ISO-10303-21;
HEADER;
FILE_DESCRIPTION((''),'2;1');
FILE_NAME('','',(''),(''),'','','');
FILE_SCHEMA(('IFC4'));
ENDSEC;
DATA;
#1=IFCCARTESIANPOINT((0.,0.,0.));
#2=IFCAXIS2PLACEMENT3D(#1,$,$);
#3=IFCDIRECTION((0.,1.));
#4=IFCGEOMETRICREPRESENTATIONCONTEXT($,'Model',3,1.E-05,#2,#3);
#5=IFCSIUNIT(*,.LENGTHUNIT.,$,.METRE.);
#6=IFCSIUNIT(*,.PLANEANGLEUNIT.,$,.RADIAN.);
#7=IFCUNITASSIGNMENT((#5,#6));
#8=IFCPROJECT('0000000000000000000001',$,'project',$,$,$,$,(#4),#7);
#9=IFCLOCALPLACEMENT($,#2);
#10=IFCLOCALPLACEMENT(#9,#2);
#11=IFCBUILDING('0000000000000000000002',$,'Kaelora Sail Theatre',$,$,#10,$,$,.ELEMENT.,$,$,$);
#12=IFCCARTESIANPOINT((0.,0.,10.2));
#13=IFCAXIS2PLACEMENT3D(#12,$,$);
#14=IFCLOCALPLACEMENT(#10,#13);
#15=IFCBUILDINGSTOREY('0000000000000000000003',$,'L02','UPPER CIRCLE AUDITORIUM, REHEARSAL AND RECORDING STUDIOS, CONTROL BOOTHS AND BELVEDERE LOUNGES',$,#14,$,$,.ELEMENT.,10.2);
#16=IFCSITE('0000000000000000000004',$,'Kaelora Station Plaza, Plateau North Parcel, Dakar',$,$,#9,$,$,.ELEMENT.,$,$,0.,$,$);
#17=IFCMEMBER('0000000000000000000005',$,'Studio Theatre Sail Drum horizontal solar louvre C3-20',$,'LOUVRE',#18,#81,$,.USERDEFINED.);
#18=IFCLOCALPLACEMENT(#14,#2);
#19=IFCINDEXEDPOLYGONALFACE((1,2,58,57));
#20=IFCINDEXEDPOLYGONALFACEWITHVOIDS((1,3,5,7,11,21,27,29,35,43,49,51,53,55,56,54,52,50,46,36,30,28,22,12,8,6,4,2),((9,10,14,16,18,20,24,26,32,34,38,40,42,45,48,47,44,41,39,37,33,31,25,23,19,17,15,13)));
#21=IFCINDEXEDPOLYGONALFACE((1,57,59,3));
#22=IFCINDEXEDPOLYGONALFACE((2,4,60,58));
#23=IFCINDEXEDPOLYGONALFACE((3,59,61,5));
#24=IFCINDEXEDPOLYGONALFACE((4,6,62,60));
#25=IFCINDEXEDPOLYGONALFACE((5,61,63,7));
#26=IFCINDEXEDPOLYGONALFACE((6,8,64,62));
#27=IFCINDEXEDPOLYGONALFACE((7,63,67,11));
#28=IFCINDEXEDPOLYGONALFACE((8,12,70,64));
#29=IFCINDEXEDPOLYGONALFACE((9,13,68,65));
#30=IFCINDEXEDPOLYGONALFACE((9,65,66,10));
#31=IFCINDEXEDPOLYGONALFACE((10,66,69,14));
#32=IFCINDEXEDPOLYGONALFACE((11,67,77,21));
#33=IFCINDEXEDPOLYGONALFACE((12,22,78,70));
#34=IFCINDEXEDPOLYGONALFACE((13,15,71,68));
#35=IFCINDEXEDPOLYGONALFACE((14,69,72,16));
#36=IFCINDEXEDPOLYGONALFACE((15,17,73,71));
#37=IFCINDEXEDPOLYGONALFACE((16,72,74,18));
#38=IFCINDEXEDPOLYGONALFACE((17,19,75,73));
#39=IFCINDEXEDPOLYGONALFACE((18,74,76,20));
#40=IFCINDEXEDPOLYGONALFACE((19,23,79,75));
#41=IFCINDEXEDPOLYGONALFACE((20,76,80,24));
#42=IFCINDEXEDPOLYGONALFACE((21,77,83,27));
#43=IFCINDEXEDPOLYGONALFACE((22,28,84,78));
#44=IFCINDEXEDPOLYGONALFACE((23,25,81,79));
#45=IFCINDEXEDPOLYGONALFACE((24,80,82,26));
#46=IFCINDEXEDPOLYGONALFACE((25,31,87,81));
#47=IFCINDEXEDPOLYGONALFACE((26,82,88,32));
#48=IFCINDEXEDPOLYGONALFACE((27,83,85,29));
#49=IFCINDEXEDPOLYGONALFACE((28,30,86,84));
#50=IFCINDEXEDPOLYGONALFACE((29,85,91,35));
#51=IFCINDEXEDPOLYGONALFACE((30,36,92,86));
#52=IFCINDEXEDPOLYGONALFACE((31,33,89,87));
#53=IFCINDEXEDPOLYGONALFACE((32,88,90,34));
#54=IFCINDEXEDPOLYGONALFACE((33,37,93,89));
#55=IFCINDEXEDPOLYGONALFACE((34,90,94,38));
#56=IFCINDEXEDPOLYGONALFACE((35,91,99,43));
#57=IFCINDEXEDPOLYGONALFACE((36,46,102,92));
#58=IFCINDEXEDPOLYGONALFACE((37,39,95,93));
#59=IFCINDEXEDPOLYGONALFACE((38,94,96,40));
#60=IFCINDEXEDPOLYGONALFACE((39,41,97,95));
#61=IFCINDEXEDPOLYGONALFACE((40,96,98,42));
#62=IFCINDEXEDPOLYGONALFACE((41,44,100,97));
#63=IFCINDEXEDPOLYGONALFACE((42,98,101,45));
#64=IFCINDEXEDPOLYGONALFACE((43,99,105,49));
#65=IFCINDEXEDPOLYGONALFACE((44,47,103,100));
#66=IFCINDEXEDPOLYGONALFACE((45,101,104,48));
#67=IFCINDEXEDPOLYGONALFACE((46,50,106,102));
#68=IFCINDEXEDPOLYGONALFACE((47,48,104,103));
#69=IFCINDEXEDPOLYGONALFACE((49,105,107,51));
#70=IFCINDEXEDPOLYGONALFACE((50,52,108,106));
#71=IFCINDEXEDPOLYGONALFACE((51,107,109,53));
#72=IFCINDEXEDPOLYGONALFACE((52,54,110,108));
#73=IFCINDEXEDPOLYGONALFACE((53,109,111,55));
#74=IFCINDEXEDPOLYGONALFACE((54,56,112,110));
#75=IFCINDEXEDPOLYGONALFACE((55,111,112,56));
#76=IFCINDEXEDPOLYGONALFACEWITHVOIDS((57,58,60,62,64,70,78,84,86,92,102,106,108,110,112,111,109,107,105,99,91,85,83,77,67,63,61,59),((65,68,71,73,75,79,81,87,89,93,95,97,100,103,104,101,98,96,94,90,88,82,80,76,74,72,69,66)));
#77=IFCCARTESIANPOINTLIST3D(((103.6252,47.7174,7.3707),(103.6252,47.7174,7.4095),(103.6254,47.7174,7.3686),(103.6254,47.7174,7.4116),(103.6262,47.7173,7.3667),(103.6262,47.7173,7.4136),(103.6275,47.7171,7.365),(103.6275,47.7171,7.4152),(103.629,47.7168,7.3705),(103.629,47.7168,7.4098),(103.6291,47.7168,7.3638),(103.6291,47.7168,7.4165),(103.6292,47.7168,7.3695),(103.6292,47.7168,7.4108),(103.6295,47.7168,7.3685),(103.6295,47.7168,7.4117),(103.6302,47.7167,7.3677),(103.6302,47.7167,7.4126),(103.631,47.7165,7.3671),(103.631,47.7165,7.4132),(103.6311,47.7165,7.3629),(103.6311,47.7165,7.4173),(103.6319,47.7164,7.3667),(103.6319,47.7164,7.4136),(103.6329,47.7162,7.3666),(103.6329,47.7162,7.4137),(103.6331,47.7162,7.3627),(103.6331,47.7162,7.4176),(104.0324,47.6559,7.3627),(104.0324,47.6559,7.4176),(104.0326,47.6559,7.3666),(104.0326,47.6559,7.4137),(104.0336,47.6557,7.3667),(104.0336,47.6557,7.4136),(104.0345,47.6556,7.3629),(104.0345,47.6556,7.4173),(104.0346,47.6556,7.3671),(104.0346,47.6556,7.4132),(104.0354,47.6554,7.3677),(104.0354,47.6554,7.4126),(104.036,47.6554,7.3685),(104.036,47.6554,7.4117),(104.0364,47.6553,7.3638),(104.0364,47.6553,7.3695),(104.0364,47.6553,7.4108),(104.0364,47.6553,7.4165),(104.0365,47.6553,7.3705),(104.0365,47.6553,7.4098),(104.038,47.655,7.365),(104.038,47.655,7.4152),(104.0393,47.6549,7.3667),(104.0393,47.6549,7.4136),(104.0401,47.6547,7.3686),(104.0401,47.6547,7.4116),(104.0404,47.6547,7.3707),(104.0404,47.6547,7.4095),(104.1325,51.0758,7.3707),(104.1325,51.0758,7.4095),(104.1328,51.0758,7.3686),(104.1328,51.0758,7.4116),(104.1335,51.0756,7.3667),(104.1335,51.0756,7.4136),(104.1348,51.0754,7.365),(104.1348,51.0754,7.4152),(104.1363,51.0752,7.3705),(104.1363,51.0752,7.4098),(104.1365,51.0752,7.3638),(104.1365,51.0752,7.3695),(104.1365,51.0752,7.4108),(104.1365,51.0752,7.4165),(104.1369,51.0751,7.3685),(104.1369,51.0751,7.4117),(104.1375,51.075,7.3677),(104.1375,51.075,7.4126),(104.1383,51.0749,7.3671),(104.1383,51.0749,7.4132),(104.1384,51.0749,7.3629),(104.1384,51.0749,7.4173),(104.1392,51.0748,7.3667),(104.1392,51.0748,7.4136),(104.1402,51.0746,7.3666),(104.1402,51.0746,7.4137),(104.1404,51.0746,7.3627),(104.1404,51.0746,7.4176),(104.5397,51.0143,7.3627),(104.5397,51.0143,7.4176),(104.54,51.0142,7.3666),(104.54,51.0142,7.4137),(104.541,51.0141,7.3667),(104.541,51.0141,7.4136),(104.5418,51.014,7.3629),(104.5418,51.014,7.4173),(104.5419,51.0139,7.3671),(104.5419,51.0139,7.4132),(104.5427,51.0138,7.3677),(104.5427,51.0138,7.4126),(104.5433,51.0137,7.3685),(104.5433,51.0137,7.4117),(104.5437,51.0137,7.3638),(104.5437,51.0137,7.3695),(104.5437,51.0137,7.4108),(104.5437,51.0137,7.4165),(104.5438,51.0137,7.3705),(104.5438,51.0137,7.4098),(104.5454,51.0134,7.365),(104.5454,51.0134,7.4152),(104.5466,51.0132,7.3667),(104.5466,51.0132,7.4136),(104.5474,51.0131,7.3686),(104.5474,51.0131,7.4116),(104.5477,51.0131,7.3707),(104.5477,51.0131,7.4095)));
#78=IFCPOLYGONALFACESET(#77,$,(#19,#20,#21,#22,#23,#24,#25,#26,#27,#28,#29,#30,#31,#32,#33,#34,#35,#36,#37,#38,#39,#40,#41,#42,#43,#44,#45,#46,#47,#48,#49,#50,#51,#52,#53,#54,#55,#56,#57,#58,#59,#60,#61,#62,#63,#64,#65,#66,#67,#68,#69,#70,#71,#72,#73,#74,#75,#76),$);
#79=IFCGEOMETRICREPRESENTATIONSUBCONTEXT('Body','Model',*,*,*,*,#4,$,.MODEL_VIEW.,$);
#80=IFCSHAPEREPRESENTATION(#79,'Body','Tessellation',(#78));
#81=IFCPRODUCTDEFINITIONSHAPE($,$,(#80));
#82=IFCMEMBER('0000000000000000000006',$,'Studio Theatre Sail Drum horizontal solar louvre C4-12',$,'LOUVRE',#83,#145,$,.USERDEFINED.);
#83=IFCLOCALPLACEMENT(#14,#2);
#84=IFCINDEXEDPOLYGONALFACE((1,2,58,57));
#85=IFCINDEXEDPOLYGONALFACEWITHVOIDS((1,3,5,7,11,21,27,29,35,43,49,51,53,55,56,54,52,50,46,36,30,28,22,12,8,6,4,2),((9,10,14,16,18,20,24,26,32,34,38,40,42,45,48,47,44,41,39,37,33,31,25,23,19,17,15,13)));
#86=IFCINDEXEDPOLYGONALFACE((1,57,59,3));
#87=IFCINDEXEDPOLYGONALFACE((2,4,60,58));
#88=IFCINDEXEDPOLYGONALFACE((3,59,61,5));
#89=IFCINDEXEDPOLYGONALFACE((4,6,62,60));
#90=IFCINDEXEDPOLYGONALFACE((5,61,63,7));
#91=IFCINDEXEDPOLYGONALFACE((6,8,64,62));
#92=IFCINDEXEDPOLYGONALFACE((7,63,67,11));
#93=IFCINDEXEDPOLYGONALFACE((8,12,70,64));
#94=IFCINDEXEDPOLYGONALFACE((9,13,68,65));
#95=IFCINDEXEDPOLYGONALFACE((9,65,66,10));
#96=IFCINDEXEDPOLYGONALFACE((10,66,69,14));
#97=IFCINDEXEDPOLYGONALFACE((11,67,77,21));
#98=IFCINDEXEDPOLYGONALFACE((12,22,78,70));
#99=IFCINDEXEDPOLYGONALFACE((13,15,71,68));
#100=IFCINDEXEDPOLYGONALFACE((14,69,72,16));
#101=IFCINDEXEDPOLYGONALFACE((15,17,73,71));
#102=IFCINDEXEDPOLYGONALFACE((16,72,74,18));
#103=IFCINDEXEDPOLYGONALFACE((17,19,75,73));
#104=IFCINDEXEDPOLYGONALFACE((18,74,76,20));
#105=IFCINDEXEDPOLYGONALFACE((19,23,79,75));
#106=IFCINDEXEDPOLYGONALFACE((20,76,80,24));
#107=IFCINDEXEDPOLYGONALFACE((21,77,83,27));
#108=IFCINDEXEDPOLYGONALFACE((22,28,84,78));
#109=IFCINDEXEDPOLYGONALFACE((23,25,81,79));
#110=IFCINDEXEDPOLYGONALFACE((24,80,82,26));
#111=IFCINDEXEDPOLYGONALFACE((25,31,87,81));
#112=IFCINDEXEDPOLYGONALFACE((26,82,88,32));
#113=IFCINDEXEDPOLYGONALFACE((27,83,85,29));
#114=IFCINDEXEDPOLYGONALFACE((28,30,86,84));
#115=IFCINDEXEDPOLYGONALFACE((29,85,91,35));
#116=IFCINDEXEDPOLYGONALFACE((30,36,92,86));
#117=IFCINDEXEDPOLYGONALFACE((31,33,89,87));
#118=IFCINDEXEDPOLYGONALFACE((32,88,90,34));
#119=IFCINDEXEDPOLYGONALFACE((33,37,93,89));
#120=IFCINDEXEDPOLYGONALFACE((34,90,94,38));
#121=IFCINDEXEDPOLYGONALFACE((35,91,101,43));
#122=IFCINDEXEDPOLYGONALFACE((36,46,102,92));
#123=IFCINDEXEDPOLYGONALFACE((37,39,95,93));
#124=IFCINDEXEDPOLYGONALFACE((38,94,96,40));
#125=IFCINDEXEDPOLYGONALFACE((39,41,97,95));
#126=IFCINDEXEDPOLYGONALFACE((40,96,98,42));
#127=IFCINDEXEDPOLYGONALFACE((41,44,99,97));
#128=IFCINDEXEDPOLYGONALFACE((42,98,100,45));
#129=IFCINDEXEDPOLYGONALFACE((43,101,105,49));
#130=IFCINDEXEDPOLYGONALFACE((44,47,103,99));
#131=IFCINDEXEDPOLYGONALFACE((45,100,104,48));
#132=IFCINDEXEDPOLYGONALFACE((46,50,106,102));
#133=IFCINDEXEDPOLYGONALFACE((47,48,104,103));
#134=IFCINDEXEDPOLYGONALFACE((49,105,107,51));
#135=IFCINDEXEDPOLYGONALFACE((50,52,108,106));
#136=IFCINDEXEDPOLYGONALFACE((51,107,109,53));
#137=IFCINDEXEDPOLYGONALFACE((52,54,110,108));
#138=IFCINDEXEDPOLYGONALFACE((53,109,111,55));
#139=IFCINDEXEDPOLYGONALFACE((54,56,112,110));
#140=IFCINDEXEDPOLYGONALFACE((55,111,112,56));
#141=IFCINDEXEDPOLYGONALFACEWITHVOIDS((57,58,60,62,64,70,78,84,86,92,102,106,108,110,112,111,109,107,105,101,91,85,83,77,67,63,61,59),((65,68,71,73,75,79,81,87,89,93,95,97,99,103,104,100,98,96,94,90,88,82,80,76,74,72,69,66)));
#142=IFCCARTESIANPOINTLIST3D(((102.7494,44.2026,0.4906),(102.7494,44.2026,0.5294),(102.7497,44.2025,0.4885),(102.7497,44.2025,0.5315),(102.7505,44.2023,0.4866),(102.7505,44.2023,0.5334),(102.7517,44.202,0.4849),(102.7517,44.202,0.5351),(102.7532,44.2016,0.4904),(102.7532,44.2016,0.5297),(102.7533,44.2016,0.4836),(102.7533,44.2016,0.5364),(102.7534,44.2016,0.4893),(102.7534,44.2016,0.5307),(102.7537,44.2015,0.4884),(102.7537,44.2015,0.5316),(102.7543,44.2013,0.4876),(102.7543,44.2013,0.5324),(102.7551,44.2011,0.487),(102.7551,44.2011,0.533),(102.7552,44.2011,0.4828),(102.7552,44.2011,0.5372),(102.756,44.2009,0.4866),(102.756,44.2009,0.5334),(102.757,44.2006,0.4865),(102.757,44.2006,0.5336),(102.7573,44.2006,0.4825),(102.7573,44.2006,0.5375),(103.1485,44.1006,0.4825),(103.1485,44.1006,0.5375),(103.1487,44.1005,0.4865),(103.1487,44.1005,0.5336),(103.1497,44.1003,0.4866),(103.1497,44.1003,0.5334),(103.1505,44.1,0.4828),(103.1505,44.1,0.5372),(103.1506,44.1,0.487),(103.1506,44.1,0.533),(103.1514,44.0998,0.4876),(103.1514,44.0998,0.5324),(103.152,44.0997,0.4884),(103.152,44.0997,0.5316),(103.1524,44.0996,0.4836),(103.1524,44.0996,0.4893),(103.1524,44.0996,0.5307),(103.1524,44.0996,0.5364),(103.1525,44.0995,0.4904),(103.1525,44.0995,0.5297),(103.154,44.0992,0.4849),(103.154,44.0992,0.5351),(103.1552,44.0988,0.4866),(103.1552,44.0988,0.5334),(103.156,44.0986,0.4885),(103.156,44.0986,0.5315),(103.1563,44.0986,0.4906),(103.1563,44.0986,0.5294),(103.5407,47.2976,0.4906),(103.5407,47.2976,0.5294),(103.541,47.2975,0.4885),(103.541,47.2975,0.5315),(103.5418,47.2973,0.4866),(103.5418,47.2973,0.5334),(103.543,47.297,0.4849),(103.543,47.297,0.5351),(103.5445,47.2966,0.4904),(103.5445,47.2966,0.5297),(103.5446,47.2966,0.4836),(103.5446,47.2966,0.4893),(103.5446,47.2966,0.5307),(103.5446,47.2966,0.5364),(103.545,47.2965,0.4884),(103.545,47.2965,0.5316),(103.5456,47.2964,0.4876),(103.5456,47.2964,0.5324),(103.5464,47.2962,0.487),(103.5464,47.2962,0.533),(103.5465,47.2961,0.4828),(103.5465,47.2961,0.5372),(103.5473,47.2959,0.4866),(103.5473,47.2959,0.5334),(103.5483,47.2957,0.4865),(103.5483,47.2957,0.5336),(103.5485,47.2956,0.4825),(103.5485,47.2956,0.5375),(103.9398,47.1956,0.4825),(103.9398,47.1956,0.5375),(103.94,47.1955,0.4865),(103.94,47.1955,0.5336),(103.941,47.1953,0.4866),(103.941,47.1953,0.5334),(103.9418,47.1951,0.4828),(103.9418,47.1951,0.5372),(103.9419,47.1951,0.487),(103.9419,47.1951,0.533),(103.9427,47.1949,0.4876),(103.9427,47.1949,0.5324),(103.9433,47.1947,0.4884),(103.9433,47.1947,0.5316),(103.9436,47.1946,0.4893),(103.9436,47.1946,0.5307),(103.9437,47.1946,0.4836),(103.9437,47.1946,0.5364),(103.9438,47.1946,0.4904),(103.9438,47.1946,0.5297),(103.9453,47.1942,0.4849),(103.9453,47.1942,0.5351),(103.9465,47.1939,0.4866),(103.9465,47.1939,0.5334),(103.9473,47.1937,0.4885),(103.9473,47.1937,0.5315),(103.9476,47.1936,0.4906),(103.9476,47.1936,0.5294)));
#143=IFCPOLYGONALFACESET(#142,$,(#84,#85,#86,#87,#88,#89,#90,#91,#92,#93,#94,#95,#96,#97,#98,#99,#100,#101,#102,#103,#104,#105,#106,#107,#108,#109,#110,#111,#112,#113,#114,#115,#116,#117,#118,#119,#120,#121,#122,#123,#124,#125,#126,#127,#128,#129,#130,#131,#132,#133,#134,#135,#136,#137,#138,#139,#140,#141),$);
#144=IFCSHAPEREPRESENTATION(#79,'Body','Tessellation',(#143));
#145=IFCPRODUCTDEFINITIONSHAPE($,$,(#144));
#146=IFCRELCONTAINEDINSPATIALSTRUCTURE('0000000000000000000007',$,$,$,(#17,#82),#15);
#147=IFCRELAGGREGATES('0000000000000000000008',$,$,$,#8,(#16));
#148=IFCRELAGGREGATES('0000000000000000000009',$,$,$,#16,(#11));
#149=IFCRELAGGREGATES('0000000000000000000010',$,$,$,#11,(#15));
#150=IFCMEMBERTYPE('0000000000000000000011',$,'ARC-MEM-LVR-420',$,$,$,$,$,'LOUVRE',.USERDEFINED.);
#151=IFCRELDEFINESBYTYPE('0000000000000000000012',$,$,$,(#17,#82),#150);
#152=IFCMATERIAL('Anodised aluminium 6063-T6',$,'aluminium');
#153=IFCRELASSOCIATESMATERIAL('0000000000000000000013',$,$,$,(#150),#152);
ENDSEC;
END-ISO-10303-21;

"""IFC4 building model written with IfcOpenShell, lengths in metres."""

from ifc_helpers import new_model, si_unit, direction, frame, origin, origin_2d, place, context, subcontext, project, spatial, hollow_rectangle, extrude, material, material_profile, profile_set, type_object, element, save


model = new_model("IFC4")

# Units and contexts
model_context = context("Model", 3, precision=1e-05, world=origin(), true_north=direction((0.0, 1.0)))
body_context = subcontext(model_context, "Body", "Model", "MODEL_VIEW")
ifc_project = project(units=[si_unit("LENGTHUNIT", "METRE"), si_unit("PLANEANGLEUNIT", "RADIAN")], contexts=[model_context])

# Site, building, storey
site_placement = place(None, origin())
site = spatial("IfcSite", under=ifc_project, at=site_placement, Name="Kaelora Station Plaza, Plateau North Parcel, Dakar", CompositionType="ELEMENT", RefElevation=0.0)
building_placement = place(site_placement, origin())
building = spatial("IfcBuilding", under=site, at=building_placement, Name="Kaelora Sail Theatre", CompositionType="ELEMENT")
storey_placement = place(building_placement, frame((0.0, 0.0, 10.2)))
storey = spatial("IfcBuildingStorey", under=building, at=storey_placement, Name="L02", Description="UPPER CIRCLE AUDITORIUM, REHEARSAL AND RECORDING STUDIOS, CONTROL BOOTHS AND BELVEDERE LOUNGES", CompositionType="ELEMENT", Elevation=10.2)

# Members
ifc_material_1 = material(Name="Anodised aluminium 6063-T6", Category="aluminium")
ifc_material_profile_1 = material_profile(ifc_material_1, hollow_rectangle(XDim=0.4199, YDim=0.0549, WallThickness=0.0039, InnerFilletRadius=0.0039, OuterFilletRadius=0.0081, at=origin_2d()), Name="LOUVRE 420x55x4")
ifc_profile_set_1 = profile_set([ifc_material_profile_1], Name="Anodised aluminium 6063-T6")
member_type = type_object("IfcMemberType", Name="ARC-MEM-LVR-420", ElementType="LOUVRE", PredefinedType="USERDEFINED", material=ifc_profile_set_1)
for number, where, z_axis, x_axis, name in (
    (1, (104.3401, 51.0444, 7.3901), (-0.149367, -0.988782, 0.0), (0.988782, -0.149367, 0.0), "Studio Theatre Sail Drum horizontal solar louvre C3-20"),
):
    element("IfcMember", number, at=place(storey_placement, frame(where, z_axis=z_axis, x_axis=x_axis)), inside=storey, type_object=member_type, Name=name, ObjectType="LOUVRE", PredefinedType="USERDEFINED", context=body_context, shape_type="SweptSolid", body=[
        extrude(hollow_rectangle(XDim=0.4199, YDim=0.0549, WallThickness=0.0039, InnerFilletRadius=0.0039, OuterFilletRadius=0.0081, at=origin_2d()), origin(), (0.0, 0.0, 1.0), 3.3965),
    ])
for number, where, z_axis, x_axis, name in (
    (2, (103.7441, 47.2456, 0.51), (-0.247693, -0.968839, 0.0), (0.968839, -0.247693, 0.0), "Studio Theatre Sail Drum horizontal solar louvre C4-12"),
):
    element("IfcMember", number, at=place(storey_placement, frame(where, z_axis=z_axis, x_axis=x_axis)), inside=storey, type_object=member_type, Name=name, ObjectType="LOUVRE", PredefinedType="USERDEFINED", context=body_context, shape_type="SweptSolid", body=[
        extrude(hollow_rectangle(XDim=0.4199, YDim=0.0549, WallThickness=0.0039, InnerFilletRadius=0.0039, OuterFilletRadius=0.0081, at=origin_2d()), origin(), (0.0, 0.0, 1.0), 3.1946),
    ])

save(model, "model.ifc")
